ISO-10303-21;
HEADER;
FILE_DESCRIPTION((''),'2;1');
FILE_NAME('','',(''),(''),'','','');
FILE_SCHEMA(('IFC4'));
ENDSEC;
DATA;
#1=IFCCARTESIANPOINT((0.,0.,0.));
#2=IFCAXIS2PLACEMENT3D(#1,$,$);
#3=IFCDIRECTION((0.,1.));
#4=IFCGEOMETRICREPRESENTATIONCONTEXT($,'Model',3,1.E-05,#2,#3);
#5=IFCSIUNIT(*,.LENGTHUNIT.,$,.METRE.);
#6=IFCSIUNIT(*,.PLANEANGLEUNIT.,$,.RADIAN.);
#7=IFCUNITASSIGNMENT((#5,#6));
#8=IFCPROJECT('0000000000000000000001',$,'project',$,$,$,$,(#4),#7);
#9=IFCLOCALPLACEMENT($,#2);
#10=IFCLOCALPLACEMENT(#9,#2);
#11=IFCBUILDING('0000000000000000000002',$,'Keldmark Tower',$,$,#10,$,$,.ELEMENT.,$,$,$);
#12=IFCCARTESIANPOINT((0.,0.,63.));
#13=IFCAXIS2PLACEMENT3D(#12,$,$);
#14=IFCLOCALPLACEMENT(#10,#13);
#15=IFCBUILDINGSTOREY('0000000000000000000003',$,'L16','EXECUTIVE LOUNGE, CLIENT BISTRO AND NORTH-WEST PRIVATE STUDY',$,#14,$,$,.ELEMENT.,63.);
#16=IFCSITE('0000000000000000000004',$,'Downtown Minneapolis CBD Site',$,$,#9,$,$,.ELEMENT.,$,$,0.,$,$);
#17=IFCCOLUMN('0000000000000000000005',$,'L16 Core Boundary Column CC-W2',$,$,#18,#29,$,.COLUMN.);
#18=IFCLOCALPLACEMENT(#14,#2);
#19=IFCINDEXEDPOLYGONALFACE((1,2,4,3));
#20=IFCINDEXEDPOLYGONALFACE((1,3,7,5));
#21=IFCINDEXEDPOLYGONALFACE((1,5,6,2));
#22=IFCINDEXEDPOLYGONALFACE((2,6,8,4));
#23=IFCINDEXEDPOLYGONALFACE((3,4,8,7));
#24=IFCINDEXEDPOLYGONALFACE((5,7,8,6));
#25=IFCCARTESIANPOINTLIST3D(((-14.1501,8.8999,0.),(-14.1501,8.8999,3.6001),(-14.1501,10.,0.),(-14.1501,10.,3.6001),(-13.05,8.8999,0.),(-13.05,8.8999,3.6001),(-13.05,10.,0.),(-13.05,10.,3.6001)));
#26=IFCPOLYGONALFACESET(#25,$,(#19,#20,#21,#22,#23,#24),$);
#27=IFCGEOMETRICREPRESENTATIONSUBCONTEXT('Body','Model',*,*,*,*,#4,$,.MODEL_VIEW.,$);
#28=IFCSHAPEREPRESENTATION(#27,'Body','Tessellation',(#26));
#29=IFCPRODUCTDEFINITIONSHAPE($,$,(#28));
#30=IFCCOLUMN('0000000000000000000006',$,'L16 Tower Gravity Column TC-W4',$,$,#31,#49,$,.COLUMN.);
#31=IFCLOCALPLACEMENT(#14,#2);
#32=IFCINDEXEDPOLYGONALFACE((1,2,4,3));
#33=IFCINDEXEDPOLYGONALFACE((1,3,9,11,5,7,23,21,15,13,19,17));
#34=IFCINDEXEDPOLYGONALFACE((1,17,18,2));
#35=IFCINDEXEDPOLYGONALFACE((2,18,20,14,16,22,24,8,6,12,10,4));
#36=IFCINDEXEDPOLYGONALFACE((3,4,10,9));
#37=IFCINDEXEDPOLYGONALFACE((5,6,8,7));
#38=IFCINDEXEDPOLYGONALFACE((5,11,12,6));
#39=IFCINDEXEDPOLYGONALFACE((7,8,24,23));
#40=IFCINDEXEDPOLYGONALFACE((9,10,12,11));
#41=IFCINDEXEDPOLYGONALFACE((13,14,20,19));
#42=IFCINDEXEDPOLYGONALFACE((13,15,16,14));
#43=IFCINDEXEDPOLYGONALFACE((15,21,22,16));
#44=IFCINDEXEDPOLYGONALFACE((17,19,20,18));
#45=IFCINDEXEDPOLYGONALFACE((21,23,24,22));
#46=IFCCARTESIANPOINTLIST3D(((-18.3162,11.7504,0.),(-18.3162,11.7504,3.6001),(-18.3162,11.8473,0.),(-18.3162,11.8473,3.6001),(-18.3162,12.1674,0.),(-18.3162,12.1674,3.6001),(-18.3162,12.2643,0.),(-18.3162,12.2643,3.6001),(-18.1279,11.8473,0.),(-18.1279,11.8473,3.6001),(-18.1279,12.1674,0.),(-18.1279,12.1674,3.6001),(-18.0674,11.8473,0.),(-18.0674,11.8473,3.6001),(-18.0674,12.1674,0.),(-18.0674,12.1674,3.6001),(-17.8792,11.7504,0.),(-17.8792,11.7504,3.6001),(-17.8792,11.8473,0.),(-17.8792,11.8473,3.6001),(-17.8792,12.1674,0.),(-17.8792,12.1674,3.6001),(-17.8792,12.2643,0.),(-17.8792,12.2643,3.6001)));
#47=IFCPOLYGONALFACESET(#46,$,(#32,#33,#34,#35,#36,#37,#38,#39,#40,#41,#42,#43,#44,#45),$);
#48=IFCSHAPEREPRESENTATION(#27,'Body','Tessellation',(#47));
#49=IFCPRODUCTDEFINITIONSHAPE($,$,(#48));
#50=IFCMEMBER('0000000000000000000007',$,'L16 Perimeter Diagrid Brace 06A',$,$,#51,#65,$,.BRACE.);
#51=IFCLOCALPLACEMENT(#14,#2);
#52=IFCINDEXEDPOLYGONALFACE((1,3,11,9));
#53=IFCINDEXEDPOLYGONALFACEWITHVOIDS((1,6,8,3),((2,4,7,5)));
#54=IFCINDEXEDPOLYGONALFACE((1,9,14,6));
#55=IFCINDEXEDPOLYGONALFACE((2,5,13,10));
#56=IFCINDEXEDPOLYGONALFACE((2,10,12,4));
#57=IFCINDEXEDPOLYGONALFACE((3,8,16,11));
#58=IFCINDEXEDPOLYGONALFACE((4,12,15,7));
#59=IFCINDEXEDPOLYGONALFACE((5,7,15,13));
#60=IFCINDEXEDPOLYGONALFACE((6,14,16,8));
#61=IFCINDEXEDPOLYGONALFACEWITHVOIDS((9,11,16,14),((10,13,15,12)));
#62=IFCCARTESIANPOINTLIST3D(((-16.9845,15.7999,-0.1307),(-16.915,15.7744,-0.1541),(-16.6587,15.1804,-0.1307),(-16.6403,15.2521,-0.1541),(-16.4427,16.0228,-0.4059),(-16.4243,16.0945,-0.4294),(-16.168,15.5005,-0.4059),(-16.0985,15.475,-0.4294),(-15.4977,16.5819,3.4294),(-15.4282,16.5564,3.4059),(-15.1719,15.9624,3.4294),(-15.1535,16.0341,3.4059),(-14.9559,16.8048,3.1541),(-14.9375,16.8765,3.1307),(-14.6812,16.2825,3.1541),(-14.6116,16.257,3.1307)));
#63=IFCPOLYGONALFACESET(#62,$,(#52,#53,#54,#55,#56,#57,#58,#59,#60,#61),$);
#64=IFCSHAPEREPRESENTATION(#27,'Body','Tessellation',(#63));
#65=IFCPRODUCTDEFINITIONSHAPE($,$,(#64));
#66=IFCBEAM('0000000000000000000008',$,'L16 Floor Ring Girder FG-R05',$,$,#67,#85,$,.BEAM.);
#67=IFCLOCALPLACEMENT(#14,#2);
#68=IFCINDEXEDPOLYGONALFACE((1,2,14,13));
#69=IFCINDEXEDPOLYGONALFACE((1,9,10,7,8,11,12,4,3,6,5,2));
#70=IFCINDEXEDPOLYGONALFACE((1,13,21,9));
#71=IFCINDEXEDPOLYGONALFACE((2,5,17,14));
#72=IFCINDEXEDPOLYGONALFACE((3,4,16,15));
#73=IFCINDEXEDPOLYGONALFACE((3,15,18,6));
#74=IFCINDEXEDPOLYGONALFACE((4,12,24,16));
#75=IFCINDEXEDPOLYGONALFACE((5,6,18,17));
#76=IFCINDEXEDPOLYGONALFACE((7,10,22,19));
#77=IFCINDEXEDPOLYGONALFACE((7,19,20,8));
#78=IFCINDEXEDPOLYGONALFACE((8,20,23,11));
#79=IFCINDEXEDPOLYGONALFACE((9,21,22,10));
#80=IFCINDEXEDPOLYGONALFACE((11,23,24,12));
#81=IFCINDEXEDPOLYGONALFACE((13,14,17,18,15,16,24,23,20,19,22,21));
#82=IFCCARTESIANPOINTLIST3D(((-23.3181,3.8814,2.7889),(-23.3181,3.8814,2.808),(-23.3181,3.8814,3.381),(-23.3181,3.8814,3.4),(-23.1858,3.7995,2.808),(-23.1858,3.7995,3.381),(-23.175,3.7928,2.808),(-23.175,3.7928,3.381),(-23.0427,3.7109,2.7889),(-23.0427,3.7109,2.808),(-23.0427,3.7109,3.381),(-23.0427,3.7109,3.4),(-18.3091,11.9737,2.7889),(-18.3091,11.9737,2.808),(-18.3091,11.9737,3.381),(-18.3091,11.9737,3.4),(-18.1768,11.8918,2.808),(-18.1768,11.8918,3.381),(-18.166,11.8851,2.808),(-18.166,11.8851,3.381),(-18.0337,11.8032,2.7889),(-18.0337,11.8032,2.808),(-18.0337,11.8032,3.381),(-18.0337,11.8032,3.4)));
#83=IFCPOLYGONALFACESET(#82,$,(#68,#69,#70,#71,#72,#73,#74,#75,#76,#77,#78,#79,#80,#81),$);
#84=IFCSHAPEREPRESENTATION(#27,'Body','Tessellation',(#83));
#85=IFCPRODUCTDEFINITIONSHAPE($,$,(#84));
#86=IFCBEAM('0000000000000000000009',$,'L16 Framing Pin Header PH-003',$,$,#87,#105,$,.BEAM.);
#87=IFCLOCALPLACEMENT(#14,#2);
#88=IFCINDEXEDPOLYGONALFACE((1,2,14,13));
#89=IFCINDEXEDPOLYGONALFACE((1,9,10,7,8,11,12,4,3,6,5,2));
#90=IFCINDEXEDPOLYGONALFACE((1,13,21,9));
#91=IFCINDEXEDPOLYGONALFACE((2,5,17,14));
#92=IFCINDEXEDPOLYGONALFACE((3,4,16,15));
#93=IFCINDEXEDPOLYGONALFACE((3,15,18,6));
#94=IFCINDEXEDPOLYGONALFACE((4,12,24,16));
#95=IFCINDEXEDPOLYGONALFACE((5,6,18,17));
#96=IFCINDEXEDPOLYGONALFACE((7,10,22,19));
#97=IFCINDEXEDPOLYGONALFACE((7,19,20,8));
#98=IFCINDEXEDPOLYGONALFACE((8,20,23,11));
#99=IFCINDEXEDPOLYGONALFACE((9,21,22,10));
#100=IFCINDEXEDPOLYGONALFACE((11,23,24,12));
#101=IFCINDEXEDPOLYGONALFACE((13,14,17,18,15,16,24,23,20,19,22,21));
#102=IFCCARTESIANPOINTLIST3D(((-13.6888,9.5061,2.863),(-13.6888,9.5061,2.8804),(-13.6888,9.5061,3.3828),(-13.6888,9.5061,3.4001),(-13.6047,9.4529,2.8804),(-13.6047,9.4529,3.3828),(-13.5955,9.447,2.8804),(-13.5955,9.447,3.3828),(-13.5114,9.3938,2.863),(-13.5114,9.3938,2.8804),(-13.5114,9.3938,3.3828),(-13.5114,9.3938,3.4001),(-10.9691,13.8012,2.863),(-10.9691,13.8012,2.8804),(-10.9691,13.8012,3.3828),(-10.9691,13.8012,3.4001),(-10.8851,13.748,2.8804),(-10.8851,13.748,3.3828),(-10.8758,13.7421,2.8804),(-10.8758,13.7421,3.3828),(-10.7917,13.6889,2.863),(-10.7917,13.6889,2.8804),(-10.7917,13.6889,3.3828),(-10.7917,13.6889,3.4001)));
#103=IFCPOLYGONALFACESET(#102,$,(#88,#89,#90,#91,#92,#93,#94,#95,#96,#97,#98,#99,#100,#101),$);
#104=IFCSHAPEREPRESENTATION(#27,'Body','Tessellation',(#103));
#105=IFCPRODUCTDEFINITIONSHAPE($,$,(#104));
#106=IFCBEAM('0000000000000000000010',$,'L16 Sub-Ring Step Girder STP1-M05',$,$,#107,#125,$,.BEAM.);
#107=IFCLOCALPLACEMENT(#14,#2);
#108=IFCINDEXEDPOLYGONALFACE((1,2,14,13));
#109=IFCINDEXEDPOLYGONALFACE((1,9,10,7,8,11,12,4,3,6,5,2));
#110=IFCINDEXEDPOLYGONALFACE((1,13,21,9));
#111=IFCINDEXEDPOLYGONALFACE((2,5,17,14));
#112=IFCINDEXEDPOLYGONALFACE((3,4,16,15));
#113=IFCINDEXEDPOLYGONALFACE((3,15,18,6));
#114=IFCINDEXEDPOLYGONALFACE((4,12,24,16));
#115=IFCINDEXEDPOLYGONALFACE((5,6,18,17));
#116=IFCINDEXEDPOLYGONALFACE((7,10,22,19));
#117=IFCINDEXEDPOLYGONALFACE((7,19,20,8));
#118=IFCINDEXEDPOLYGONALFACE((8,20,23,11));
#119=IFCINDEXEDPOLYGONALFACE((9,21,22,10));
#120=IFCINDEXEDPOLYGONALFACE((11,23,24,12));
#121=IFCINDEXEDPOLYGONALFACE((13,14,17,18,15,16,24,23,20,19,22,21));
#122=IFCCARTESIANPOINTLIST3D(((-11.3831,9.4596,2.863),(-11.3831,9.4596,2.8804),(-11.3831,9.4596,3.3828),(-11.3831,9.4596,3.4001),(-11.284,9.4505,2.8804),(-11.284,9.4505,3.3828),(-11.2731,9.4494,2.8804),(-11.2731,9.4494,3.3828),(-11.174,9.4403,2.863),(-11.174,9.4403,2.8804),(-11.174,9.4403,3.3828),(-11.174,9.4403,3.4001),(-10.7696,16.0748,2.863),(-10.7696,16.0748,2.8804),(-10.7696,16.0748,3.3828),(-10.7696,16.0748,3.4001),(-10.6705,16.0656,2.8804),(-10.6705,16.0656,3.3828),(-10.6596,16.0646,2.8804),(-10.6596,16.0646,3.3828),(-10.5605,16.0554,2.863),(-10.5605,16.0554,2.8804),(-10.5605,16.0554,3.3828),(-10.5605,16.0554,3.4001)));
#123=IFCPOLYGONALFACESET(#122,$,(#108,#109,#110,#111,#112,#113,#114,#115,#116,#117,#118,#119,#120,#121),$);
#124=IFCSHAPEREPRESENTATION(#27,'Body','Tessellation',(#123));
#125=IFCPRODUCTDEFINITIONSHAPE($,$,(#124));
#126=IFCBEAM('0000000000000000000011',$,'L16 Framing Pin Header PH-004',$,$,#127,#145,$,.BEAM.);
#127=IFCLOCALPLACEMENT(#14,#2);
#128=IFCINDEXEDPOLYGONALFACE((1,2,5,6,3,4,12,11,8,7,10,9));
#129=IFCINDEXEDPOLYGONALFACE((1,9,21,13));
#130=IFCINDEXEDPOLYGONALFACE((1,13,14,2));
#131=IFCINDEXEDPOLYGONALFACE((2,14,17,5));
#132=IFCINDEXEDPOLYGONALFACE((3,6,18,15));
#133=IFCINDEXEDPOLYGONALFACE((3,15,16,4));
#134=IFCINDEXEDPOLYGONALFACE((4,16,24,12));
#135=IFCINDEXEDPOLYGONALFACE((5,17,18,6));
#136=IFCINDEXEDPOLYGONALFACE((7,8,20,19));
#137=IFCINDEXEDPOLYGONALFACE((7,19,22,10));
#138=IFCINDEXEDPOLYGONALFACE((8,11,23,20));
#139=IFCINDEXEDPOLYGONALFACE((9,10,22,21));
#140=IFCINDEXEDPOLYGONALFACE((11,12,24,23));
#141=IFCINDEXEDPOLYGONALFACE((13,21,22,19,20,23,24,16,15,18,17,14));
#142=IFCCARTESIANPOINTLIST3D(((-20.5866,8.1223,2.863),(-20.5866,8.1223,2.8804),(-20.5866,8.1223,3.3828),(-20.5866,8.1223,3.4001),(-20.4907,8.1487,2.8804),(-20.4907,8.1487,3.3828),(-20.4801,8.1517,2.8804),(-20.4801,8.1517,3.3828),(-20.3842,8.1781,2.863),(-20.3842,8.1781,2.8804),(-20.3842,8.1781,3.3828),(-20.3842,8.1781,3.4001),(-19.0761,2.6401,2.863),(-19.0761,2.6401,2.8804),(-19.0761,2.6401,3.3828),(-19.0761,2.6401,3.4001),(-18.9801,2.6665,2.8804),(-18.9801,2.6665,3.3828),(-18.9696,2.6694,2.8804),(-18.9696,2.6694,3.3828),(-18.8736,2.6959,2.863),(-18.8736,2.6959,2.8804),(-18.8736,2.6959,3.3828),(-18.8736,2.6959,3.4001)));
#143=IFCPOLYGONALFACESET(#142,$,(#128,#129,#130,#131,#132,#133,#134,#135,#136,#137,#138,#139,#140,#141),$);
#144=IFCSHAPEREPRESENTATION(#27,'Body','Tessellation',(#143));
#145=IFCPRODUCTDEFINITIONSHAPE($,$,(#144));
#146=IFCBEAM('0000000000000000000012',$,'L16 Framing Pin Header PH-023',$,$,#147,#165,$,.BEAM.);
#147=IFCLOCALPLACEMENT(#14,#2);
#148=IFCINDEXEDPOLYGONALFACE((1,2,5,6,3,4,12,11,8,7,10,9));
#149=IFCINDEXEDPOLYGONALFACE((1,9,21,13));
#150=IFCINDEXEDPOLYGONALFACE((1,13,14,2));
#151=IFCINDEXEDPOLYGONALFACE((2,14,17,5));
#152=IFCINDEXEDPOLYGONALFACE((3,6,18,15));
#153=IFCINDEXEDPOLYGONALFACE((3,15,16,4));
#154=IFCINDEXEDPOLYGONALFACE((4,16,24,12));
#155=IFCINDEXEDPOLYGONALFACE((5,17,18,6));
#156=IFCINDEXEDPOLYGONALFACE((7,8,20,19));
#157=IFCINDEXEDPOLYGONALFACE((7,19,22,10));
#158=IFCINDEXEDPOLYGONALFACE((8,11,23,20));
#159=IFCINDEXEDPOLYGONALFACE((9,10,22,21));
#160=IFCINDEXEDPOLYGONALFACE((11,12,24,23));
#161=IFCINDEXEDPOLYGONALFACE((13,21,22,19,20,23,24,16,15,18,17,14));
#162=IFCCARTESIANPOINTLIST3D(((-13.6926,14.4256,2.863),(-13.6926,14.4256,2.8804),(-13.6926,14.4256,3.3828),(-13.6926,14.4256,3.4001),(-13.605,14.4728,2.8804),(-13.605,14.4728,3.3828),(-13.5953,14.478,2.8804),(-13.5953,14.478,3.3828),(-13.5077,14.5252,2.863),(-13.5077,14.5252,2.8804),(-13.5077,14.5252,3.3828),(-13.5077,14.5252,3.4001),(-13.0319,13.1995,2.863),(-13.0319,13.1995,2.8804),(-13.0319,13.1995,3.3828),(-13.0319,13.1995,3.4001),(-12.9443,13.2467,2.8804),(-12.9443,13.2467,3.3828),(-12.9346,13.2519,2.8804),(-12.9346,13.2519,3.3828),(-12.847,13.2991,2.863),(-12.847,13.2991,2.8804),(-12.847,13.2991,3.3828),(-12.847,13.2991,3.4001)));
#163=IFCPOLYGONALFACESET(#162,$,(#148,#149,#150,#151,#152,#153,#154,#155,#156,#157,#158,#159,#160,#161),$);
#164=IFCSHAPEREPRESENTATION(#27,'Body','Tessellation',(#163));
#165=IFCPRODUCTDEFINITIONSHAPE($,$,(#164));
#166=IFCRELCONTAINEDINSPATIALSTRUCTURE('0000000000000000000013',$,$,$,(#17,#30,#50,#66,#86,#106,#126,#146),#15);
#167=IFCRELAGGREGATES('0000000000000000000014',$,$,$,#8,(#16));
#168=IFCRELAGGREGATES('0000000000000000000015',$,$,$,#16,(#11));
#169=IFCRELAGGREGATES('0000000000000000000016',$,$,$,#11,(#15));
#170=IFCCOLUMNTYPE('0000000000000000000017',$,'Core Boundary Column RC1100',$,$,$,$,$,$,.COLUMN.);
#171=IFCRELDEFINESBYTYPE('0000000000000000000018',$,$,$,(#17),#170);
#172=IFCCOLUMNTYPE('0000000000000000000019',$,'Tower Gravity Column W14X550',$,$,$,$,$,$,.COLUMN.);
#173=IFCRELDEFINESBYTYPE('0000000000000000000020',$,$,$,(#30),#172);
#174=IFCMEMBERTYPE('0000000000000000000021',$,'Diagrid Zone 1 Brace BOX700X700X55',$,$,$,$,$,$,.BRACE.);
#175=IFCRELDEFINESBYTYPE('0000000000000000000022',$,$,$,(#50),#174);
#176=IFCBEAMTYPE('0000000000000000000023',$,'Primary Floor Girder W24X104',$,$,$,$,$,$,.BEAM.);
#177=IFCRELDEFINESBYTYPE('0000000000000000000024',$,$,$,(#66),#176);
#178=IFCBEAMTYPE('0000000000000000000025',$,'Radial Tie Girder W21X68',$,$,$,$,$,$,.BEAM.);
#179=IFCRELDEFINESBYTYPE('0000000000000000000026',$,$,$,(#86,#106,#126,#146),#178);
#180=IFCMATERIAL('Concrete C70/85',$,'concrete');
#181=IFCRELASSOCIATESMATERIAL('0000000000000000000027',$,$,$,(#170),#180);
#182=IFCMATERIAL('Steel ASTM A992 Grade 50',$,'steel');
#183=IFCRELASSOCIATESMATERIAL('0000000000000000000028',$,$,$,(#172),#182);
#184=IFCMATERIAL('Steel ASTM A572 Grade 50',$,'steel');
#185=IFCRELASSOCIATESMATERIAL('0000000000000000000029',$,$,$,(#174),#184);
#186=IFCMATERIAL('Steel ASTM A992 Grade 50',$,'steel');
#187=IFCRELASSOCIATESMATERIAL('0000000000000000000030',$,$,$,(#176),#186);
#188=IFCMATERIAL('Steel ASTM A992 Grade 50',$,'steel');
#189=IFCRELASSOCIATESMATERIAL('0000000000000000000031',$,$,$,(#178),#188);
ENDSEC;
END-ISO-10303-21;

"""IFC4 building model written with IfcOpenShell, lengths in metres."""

from ifc_helpers import new_model, si_unit, direction, frame, origin, origin_2d, place, context, subcontext, project, spatial, rectangle, hollow_rectangle, i_section, extrude, material, material_profile, profile_set, type_object, element, save


model = new_model("IFC4")

# Units and contexts
model_context = context("Model", 3, precision=1e-05, world=origin(), true_north=direction((0.0, 1.0)))
body_context = subcontext(model_context, "Body", "Model", "MODEL_VIEW")
ifc_project = project(units=[si_unit("LENGTHUNIT", "METRE"), si_unit("PLANEANGLEUNIT", "RADIAN")], contexts=[model_context])

# Site, building, storey
site_placement = place(None, origin())
site = spatial("IfcSite", under=ifc_project, at=site_placement, Name="Downtown Minneapolis CBD Site", CompositionType="ELEMENT", RefElevation=0.0)
building_placement = place(site_placement, origin())
building = spatial("IfcBuilding", under=site, at=building_placement, Name="Keldmark Tower", CompositionType="ELEMENT")
storey_placement = place(building_placement, frame((0.0, 0.0, 63.0)))
storey = spatial("IfcBuildingStorey", under=building, at=storey_placement, Name="L16", Description="EXECUTIVE LOUNGE, CLIENT BISTRO AND NORTH-WEST PRIVATE STUDY", CompositionType="ELEMENT", Elevation=63.0)

# Columns
ifc_material_1 = material(Name="Concrete C70/85", Category="concrete")
ifc_material_profile_1 = material_profile(ifc_material_1, rectangle(XDim=1.1001, YDim=1.1001, at=origin_2d()), Name="RC1100X1100")
ifc_profile_set_1 = profile_set([ifc_material_profile_1], Name="Concrete C70/85")
column_type_1 = type_object("IfcColumnType", Name="Core Boundary Column RC1100", PredefinedType="COLUMN", material=ifc_profile_set_1)
column_1_placement = place(storey_placement, frame((-13.6001, 9.45, 0.0), z_axis=(0.0, 0.0, 1.0), x_axis=(1.0, 0.0, 0.0)))
element("IfcColumn", 1, at=column_1_placement, inside=storey, type_object=column_type_1, Name="L16 Core Boundary Column CC-W2", PredefinedType="COLUMN", context=body_context, shape_type="SweptSolid", body=[
    extrude(rectangle(XDim=1.1001, YDim=1.1001, at=origin_2d()), origin(), (0.0, 0.0, 1.0), 3.6001),
])
ifc_material_2 = material(Name="Steel ASTM A992 Grade 50", Category="steel")
ifc_material_profile_2 = material_profile(ifc_material_2, i_section(OverallWidth=0.437, OverallDepth=0.5139, WebThickness=0.0605, FlangeThickness=0.0969, at=origin_2d()), Name="W14X550")
ifc_profile_set_2 = profile_set([ifc_material_profile_2], Name="Steel ASTM A992 Grade 50")
column_type_2 = type_object("IfcColumnType", Name="Tower Gravity Column W14X550", PredefinedType="COLUMN", material=ifc_profile_set_2)
column_2_placement = place(storey_placement, frame((-18.0977, 12.0073, 0.0), z_axis=(0.0, 0.0, 1.0), x_axis=(1.0, 0.0, 0.0)))
element("IfcColumn", 2, at=column_2_placement, inside=storey, type_object=column_type_2, Name="L16 Tower Gravity Column TC-W4", PredefinedType="COLUMN", context=body_context, shape_type="SweptSolid", body=[
    extrude(i_section(OverallWidth=0.437, OverallDepth=0.5139, WebThickness=0.0605, FlangeThickness=0.0969, at=origin_2d()), origin(), (0.0, 0.0, 1.0), 3.6001),
])

# Member
ifc_material_3 = material(Name="Steel ASTM A572 Grade 50", Category="steel")
ifc_material_profile_3 = material_profile(ifc_material_3, hollow_rectangle(XDim=0.7, YDim=0.7, WallThickness=0.0549, at=origin_2d()), Name="BOX700X700X55")
ifc_profile_set_3 = profile_set([ifc_material_profile_3], Name="Steel ASTM A572 Grade 50")
member_type = type_object("IfcMemberType", Name="Diagrid Zone 1 Brace BOX700X700X55", PredefinedType="BRACE", material=ifc_profile_set_3)
member_placement = place(storey_placement, frame((-16.5415, 15.6375, -0.28), z_axis=(0.377699, 0.198648, 0.904368), x_axis=(-0.465489, 0.885054, 0.0)))
element("IfcMember", 3, at=member_placement, inside=storey, type_object=member_type, Name="L16 Perimeter Diagrid Brace 06A", PredefinedType="BRACE", context=body_context, shape_type="SweptSolid", body=[
    extrude(hollow_rectangle(XDim=0.7, YDim=0.7, WallThickness=0.0549, at=origin_2d()), origin(), (0.0, 0.0, 1.0), 3.9365),
])

# Beams
ifc_material_4 = material(Name="Steel ASTM A992 Grade 50", Category="steel")
ifc_material_profile_4 = material_profile(ifc_material_4, i_section(OverallWidth=0.324, OverallDepth=0.6111, WebThickness=0.0127, FlangeThickness=0.019, at=origin_2d()), Name="W24X104")
ifc_profile_set_4 = profile_set([ifc_material_profile_4], Name="Steel ASTM A992 Grade 50")
beam_type_1 = type_object("IfcBeamType", Name="Primary Floor Girder W24X104", PredefinedType="BEAM", material=ifc_profile_set_4)
beam_1_placement = place(storey_placement, frame((-18.1714, 11.8884, 3.0945), z_axis=(-0.526318, -0.850288, 0.0), x_axis=(0.850288, -0.526318, 0.0)))
element("IfcBeam", 4, at=beam_1_placement, inside=storey, type_object=beam_type_1, Name="L16 Floor Ring Girder FG-R05", PredefinedType="BEAM", context=body_context, shape_type="SweptSolid", body=[
    extrude(i_section(OverallWidth=0.324, OverallDepth=0.6111, WebThickness=0.0127, FlangeThickness=0.019, at=origin_2d()), origin(), (0.0, 0.0, 1.0), 9.5171),
])
ifc_material_5 = material(Name="Steel ASTM A992 Grade 50", Category="steel")
ifc_material_profile_5 = material_profile(ifc_material_5, i_section(OverallWidth=0.21, OverallDepth=0.5371, WebThickness=0.011, FlangeThickness=0.0173, at=origin_2d()), Name="W21X68")
ifc_profile_set_5 = profile_set([ifc_material_profile_5], Name="Steel ASTM A992 Grade 50")
beam_type_2 = type_object("IfcBeamType", Name="Radial Tie Girder W21X68", PredefinedType="BEAM", material=ifc_profile_set_5)
beam_2_placement = place(storey_placement, frame((-13.6001, 9.45, 3.1316), z_axis=(0.534976, 0.844868, 0.0), x_axis=(-0.844868, 0.534976, 0.0)))
element("IfcBeam", 5, at=beam_2_placement, inside=storey, type_object=beam_type_2, Name="L16 Framing Pin Header PH-003", PredefinedType="BEAM", context=body_context, shape_type="SweptSolid", body=[
    extrude(i_section(OverallWidth=0.21, OverallDepth=0.5371, WebThickness=0.011, FlangeThickness=0.0173, at=origin_2d()), origin(), (0.0, 0.0, 1.0), 5.0837),
])
beam_3_placement = place(storey_placement, frame((-11.2786, 9.45, 3.1316), z_axis=(0.092348, 0.995727, 0.0), x_axis=(-0.995727, 0.092348, 0.0)))
element("IfcBeam", 6, at=beam_3_placement, inside=storey, type_object=beam_type_2, Name="L16 Sub-Ring Step Girder STP1-M05", PredefinedType="BEAM", context=body_context, shape_type="SweptSolid", body=[
    extrude(i_section(OverallWidth=0.21, OverallDepth=0.5371, WebThickness=0.011, FlangeThickness=0.0173, at=origin_2d()), origin(), (0.0, 0.0, 1.0), 6.6436),
])
beam_4_placement = place(storey_placement, frame((-18.9749, 2.668, 3.1316), z_axis=(-0.26563, 0.964075, 0.0), x_axis=(-0.964075, -0.26563, 0.0)))
element("IfcBeam", 7, at=beam_4_placement, inside=storey, type_object=beam_type_2, Name="L16 Framing Pin Header PH-004", PredefinedType="BEAM", context=body_context, shape_type="SweptSolid", body=[
    extrude(i_section(OverallWidth=0.21, OverallDepth=0.5371, WebThickness=0.011, FlangeThickness=0.0173, at=origin_2d()), origin(), (0.0, 0.0, 1.0), 5.6865),
])
beam_5_placement = place(storey_placement, frame((-12.9395, 13.2493, 3.1316), z_axis=(-0.474351, 0.880336, 0.0), x_axis=(-0.880336, -0.474351, 0.0)))
element("IfcBeam", 8, at=beam_5_placement, inside=storey, type_object=beam_type_2, Name="L16 Framing Pin Header PH-023", PredefinedType="BEAM", context=body_context, shape_type="SweptSolid", body=[
    extrude(i_section(OverallWidth=0.21, OverallDepth=0.5371, WebThickness=0.011, FlangeThickness=0.0173, at=origin_2d()), origin(), (0.0, 0.0, 1.0), 1.3928),
])

save(model, "model.ifc")
